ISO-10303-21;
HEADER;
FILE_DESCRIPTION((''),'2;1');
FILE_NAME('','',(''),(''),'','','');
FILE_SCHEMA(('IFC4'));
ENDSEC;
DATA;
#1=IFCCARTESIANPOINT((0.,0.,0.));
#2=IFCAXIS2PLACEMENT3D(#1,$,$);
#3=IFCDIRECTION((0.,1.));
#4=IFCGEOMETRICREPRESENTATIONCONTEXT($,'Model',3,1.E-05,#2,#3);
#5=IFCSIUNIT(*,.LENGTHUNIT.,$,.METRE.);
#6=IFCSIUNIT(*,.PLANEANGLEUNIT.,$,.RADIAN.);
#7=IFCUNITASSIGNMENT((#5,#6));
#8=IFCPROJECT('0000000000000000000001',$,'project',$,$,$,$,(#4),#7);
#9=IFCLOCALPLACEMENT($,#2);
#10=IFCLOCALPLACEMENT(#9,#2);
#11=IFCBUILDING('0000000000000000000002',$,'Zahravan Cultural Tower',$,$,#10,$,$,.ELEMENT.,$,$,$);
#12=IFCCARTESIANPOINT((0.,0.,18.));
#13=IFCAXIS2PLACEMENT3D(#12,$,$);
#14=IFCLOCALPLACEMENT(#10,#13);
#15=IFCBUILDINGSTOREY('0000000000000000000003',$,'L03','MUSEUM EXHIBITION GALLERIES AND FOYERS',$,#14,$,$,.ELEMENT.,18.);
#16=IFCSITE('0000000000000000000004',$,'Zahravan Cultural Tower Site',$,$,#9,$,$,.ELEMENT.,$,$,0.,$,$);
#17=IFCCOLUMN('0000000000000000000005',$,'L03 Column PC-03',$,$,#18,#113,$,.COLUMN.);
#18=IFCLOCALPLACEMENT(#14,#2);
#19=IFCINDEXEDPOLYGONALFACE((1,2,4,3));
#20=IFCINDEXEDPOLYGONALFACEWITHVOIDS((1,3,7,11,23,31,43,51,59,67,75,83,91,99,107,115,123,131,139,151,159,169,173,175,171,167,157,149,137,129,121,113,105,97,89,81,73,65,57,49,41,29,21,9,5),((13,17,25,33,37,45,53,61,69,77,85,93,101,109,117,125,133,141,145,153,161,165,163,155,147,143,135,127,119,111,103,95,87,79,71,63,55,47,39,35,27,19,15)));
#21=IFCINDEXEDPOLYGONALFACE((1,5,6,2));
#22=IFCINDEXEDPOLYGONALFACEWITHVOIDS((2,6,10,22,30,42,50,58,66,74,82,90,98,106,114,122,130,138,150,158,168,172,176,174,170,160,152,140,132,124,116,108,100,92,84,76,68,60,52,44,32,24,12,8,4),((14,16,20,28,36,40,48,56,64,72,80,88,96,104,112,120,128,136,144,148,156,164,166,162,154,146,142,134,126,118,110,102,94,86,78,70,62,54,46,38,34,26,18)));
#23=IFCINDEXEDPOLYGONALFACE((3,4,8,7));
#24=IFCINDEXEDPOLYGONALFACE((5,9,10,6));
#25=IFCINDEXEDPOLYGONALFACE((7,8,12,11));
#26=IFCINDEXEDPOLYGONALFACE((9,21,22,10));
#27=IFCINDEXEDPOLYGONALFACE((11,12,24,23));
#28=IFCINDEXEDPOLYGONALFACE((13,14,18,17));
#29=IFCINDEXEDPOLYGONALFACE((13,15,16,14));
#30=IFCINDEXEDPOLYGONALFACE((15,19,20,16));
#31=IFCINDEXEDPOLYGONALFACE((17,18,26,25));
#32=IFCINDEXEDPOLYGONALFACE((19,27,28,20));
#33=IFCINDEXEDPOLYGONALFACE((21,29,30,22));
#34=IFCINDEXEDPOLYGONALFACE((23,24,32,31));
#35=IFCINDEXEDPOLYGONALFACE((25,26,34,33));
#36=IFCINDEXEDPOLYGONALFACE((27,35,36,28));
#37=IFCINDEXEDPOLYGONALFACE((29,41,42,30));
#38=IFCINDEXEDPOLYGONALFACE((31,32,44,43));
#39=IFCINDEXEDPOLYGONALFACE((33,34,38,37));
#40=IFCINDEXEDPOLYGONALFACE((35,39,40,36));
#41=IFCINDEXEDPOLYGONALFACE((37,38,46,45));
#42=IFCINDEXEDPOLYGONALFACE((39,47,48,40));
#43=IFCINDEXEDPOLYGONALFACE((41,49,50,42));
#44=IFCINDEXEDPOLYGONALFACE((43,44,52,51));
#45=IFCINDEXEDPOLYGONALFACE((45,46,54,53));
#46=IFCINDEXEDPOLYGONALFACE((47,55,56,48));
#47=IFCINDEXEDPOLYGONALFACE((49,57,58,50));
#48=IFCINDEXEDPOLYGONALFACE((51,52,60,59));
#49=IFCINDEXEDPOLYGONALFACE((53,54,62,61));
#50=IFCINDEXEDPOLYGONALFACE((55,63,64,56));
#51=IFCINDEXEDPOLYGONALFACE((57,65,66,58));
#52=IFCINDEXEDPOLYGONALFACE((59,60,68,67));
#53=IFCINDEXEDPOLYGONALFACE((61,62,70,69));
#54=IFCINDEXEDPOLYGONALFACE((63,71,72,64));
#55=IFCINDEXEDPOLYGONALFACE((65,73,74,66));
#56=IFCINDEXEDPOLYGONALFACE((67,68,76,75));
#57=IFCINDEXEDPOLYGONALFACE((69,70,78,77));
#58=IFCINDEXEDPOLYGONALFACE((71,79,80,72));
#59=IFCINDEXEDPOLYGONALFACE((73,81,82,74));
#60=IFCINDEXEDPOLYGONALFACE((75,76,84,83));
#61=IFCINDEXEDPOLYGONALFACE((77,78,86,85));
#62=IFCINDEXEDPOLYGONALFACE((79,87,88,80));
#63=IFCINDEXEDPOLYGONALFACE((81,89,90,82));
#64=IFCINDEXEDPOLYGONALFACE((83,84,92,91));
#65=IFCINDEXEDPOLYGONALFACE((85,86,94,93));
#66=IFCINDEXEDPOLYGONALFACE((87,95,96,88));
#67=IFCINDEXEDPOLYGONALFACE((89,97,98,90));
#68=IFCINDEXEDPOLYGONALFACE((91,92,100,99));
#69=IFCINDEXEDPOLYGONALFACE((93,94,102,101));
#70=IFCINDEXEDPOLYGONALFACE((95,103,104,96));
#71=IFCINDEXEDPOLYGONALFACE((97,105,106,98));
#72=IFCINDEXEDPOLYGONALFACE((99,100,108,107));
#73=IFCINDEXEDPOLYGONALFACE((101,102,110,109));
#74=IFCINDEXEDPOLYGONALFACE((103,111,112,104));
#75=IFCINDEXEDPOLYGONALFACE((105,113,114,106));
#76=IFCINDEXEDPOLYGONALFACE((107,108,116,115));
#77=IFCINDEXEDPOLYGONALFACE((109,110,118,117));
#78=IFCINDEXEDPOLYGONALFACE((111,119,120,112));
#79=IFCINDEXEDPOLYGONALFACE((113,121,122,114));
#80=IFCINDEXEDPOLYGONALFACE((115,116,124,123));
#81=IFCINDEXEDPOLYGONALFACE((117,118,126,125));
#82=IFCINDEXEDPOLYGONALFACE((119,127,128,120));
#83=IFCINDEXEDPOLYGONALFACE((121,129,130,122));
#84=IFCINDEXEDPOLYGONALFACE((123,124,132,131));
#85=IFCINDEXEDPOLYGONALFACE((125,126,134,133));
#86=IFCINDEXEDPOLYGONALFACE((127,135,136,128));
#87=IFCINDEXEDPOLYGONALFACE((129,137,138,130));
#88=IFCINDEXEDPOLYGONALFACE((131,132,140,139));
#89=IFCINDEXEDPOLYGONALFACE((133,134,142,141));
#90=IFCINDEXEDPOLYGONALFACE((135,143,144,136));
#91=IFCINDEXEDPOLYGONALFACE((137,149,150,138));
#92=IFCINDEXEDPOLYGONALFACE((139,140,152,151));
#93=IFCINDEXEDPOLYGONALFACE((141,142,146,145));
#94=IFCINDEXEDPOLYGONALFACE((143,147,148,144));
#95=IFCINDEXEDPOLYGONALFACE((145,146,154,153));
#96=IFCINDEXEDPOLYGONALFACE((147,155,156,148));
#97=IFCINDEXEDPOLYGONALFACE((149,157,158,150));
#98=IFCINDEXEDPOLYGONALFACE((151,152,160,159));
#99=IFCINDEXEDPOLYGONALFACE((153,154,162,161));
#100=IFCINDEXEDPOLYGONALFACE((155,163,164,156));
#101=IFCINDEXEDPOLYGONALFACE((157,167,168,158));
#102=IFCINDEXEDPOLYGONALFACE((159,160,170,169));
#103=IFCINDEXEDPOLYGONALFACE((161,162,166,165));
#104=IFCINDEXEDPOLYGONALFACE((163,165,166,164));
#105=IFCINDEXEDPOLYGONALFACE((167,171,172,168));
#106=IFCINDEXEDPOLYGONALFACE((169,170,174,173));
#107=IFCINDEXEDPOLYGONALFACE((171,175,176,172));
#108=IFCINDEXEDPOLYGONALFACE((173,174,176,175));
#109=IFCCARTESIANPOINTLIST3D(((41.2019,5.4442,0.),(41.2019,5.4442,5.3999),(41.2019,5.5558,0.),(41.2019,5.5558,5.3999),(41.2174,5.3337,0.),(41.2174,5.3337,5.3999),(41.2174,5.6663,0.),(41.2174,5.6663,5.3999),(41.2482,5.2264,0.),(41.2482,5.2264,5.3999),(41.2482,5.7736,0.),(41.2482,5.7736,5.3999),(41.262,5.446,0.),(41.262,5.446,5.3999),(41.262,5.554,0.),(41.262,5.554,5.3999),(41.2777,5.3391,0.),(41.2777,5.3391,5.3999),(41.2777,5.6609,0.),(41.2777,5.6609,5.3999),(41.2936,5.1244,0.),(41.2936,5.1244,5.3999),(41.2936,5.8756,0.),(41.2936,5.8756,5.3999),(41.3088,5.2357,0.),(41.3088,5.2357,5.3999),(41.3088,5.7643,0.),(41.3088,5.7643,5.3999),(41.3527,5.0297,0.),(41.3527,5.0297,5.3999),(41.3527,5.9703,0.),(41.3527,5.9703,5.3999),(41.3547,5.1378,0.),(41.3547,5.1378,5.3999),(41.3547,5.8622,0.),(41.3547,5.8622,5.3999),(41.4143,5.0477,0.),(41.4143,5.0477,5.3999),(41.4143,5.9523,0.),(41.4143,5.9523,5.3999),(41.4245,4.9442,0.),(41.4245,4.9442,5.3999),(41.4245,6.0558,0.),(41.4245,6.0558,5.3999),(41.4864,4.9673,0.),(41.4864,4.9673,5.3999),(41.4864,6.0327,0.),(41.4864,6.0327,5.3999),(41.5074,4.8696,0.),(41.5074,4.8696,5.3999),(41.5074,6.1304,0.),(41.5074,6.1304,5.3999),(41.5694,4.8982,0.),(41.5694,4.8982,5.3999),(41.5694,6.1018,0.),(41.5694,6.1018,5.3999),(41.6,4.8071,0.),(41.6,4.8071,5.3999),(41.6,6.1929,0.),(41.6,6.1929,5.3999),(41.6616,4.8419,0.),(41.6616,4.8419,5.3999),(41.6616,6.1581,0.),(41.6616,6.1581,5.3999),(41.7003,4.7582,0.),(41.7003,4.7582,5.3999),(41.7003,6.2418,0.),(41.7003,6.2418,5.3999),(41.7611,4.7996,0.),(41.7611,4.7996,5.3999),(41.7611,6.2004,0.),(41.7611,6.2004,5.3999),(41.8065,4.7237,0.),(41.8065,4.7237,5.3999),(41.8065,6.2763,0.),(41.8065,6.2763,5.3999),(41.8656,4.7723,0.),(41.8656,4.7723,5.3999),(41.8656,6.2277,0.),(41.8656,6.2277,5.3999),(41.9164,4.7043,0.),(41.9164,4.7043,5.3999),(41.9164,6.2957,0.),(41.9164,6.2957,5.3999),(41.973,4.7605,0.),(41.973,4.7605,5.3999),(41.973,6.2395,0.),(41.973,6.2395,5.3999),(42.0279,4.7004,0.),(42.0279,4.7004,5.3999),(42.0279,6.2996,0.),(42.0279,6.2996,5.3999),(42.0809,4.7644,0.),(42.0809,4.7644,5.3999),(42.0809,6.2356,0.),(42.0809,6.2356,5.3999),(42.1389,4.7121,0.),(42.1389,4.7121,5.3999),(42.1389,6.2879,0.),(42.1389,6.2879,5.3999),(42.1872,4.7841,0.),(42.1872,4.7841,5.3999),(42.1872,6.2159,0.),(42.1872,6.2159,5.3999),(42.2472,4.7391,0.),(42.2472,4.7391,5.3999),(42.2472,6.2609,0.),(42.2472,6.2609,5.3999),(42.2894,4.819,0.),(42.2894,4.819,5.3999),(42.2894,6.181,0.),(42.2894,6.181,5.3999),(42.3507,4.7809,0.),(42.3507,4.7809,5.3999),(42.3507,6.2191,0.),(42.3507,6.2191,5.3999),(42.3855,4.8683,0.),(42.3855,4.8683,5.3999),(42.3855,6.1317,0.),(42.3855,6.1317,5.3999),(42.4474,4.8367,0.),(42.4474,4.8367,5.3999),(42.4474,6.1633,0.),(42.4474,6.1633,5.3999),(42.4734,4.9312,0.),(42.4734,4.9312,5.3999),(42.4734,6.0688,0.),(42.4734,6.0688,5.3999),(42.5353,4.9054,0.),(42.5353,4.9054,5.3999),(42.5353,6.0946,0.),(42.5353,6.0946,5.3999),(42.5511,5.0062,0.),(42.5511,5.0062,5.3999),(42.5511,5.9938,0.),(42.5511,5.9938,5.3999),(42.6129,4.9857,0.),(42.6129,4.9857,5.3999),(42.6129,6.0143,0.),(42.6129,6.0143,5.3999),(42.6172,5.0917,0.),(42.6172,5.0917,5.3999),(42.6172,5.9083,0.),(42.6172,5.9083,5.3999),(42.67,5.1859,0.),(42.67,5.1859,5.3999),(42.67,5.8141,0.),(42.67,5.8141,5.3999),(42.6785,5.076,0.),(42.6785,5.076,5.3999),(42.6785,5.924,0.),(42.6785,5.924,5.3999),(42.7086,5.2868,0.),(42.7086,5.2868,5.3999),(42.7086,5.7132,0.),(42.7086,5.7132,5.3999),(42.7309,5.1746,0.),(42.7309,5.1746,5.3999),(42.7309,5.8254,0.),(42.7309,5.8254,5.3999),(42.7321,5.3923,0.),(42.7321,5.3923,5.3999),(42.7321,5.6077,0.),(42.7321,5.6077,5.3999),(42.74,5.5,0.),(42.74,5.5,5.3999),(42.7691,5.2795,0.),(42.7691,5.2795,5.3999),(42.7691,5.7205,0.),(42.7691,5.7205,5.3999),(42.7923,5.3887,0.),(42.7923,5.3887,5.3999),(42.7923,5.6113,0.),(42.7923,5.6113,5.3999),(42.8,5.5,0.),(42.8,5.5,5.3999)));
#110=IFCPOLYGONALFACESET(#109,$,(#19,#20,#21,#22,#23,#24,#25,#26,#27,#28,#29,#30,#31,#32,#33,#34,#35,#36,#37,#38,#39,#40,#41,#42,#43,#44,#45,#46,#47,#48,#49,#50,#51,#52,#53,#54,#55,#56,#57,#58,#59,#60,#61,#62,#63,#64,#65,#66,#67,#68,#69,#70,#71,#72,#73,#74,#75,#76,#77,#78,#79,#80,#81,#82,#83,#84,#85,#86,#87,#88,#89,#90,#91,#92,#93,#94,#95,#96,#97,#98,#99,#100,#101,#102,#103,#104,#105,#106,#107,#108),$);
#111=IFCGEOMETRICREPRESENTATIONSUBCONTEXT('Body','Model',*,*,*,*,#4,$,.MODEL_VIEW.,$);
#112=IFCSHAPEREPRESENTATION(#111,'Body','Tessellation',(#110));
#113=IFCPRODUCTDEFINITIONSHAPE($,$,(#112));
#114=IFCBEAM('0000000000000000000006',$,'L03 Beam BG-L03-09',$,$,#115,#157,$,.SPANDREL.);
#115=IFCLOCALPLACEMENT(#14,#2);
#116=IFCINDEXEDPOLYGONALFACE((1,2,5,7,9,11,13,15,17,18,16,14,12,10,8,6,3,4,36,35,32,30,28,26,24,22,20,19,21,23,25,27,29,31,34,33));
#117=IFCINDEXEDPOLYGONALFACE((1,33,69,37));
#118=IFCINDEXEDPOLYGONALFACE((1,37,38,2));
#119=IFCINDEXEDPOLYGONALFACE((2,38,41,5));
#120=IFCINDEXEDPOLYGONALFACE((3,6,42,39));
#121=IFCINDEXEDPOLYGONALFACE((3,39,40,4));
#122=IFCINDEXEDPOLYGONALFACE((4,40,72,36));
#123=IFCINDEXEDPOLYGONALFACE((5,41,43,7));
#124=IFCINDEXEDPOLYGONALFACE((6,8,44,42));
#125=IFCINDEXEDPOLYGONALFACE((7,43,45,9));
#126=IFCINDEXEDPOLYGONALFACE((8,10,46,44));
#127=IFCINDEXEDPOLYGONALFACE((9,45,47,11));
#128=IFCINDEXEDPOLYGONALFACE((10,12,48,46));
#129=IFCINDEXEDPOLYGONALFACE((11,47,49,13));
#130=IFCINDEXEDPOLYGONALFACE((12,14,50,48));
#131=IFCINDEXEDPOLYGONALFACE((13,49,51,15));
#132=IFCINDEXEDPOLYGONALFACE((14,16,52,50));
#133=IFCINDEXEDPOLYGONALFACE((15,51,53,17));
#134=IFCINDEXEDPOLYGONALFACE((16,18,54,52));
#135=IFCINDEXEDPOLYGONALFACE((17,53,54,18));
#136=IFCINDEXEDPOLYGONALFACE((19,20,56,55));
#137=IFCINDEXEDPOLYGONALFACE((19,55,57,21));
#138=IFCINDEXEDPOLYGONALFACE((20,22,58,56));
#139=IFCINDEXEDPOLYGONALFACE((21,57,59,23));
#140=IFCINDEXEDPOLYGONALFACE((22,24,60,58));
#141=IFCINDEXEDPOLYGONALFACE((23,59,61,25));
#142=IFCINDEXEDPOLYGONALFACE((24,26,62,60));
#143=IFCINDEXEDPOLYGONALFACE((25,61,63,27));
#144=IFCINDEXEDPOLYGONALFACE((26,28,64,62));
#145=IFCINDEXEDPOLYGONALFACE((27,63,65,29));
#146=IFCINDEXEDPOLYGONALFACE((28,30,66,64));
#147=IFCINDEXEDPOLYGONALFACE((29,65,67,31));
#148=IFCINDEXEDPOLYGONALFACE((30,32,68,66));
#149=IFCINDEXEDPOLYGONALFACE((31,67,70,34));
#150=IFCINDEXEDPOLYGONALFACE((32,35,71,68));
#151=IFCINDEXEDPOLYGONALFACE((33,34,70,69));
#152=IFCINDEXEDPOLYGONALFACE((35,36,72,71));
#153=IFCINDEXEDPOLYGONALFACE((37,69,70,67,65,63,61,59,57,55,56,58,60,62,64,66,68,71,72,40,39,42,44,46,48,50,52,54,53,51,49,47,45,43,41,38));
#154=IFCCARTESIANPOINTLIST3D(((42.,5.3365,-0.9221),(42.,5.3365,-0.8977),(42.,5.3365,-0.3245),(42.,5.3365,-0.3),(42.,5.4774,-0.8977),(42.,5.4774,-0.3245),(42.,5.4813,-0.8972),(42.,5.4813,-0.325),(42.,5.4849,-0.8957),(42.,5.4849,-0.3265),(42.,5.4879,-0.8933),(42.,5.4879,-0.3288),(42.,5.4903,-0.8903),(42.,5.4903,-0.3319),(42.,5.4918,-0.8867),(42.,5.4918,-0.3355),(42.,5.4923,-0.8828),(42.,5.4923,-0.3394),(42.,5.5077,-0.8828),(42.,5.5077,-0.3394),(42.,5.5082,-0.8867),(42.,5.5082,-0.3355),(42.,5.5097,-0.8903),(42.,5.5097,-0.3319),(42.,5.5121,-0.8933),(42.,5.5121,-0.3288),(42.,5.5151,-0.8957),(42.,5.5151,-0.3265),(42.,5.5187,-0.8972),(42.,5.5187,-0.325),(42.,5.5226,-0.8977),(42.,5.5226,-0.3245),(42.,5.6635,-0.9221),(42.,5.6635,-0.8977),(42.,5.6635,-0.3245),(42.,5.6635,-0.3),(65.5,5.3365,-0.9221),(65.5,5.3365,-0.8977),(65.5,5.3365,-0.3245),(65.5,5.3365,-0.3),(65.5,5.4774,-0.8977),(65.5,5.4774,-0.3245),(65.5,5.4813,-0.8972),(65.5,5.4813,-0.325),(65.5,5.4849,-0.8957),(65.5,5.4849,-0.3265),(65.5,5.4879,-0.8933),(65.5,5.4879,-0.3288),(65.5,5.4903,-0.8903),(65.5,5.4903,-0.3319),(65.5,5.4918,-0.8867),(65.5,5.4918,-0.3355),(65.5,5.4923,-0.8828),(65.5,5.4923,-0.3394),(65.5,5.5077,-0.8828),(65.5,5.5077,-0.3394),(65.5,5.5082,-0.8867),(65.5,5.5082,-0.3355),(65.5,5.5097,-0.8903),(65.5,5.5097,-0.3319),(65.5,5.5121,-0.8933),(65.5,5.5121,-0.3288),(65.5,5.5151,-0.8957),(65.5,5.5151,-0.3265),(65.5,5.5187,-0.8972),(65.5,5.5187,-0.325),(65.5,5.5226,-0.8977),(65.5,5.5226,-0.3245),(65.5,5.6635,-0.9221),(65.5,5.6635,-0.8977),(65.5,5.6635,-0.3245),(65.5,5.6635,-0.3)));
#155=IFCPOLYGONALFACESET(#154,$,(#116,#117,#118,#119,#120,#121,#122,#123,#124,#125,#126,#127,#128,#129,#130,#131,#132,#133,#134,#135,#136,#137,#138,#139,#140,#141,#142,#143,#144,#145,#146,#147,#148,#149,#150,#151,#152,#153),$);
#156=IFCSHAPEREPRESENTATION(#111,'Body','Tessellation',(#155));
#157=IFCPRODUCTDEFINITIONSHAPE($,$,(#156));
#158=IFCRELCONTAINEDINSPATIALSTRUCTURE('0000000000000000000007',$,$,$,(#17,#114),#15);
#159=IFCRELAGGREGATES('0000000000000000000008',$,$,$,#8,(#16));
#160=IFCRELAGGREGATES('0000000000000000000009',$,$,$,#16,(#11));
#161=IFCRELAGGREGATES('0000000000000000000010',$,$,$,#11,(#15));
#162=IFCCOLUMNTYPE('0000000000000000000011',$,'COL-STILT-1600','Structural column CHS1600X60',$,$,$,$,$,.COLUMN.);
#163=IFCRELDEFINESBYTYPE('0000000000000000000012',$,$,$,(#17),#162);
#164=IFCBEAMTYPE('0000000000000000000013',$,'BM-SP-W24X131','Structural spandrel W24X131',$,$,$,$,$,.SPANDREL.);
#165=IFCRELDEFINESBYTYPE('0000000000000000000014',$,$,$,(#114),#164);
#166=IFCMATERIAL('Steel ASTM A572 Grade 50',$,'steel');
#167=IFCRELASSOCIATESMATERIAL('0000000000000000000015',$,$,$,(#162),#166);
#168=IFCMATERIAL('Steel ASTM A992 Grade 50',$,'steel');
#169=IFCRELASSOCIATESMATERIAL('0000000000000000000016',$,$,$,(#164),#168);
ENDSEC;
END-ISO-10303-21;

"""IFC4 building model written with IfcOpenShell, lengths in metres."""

from ifc_helpers import new_model, si_unit, direction, frame, origin, origin_2d, place, context, subcontext, project, spatial, hollow_circle, i_section, extrude, source, transform, mapped, material, material_profile, profile_set, type_object, element, save


model = new_model("IFC4")

# Units and contexts
model_context = context("Model", 3, precision=1e-05, world=origin(), true_north=direction((0.0, 1.0)))
body_context = subcontext(model_context, "Body", "Model", "MODEL_VIEW")
ifc_project = project(units=[si_unit("LENGTHUNIT", "METRE"), si_unit("PLANEANGLEUNIT", "RADIAN")], contexts=[model_context])

# Site, building, storey
site_placement = place(None, origin())
site = spatial("IfcSite", under=ifc_project, at=site_placement, Name="Zahravan Cultural Tower Site", CompositionType="ELEMENT", RefElevation=0.0)
building_placement = place(site_placement, origin())
building = spatial("IfcBuilding", under=site, at=building_placement, Name="Zahravan Cultural Tower", CompositionType="ELEMENT")
storey_placement = place(building_placement, frame((0.0, 0.0, 18.0)))
storey = spatial("IfcBuildingStorey", under=building, at=storey_placement, Name="L03", Description="MUSEUM EXHIBITION GALLERIES AND FOYERS", CompositionType="ELEMENT", Elevation=18.0)

# Column
ifc_material_1 = material(Name="Steel ASTM A572 Grade 50", Category="steel")
ifc_material_profile_1 = material_profile(ifc_material_1, hollow_circle(Radius=0.8, WallThickness=0.0601, at=origin_2d()), Name="CHS1600X60")
ifc_profile_set_1 = profile_set([ifc_material_profile_1], Name="Steel ASTM A572 Grade 50")
column_type = type_object("IfcColumnType", Name="COL-STILT-1600", Description="Structural column CHS1600X60", PredefinedType="COLUMN", material=ifc_profile_set_1)
shared_shape_1 = source(origin(), body_context, "Body", "SweptSolid", [
    extrude(hollow_circle(Radius=0.8, WallThickness=0.0601, at=origin_2d()), origin(), (0.0, 0.0, 1.0), 5.3999),
])
column_placement = place(storey_placement, frame((42.0, 5.5, 0.0), z_axis=(0.0, 0.0, 1.0), x_axis=(1.0, 0.0, 0.0)))
element("IfcColumn", 1, at=column_placement, inside=storey, type_object=column_type, Name="L03 Column PC-03", PredefinedType="COLUMN", context=body_context, shape_type="MappedRepresentation", body=[
    mapped(shared_shape_1, transform((0.0, 0.0, 0.0), x_axis=(1.0, 0.0, 0.0), y_axis=(0.0, 1.0, 0.0), z_axis=(0.0, 0.0, 1.0), scale=1.0)),
])

# Beam
ifc_material_2 = material(Name="Steel ASTM A992 Grade 50", Category="steel")
ifc_material_profile_2 = material_profile(ifc_material_2, i_section(OverallWidth=0.3269, OverallDepth=0.6221, WebThickness=0.0154, FlangeThickness=0.0244, FilletRadius=0.0149, at=origin_2d()), Name="W24X131")
ifc_profile_set_2 = profile_set([ifc_material_profile_2], Name="Steel ASTM A992 Grade 50")
beam_type_1 = type_object("IfcBeamType", Name="BM-SP-W24X131", Description="Structural spandrel W24X131", PredefinedType="SPANDREL", material=ifc_profile_set_2)
shared_shape_2 = source(origin(), body_context, "Body", "SweptSolid", [
    extrude(i_section(OverallWidth=0.3269, OverallDepth=0.6221, WebThickness=0.0154, FlangeThickness=0.0244, FilletRadius=0.0149, at=origin_2d()), origin(), (0.0, 0.0, 1.0), 23.5),
])
beam_1_placement = place(storey_placement, frame((42.0, 5.5, -0.6111), z_axis=(1.0, 0.0, 0.0), x_axis=(0.0, 1.0, 0.0)))
element("IfcBeam", 2, at=beam_1_placement, inside=storey, type_object=beam_type_1, Name="L03 Beam BG-L03-09", PredefinedType="SPANDREL", context=body_context, shape_type="MappedRepresentation", body=[
    mapped(shared_shape_2, transform((0.0, 0.0, 0.0), x_axis=(1.0, 0.0, 0.0), y_axis=(0.0, 1.0, 0.0), z_axis=(0.0, 0.0, 1.0), scale=1.0)),
])

save(model, "model.ifc")
